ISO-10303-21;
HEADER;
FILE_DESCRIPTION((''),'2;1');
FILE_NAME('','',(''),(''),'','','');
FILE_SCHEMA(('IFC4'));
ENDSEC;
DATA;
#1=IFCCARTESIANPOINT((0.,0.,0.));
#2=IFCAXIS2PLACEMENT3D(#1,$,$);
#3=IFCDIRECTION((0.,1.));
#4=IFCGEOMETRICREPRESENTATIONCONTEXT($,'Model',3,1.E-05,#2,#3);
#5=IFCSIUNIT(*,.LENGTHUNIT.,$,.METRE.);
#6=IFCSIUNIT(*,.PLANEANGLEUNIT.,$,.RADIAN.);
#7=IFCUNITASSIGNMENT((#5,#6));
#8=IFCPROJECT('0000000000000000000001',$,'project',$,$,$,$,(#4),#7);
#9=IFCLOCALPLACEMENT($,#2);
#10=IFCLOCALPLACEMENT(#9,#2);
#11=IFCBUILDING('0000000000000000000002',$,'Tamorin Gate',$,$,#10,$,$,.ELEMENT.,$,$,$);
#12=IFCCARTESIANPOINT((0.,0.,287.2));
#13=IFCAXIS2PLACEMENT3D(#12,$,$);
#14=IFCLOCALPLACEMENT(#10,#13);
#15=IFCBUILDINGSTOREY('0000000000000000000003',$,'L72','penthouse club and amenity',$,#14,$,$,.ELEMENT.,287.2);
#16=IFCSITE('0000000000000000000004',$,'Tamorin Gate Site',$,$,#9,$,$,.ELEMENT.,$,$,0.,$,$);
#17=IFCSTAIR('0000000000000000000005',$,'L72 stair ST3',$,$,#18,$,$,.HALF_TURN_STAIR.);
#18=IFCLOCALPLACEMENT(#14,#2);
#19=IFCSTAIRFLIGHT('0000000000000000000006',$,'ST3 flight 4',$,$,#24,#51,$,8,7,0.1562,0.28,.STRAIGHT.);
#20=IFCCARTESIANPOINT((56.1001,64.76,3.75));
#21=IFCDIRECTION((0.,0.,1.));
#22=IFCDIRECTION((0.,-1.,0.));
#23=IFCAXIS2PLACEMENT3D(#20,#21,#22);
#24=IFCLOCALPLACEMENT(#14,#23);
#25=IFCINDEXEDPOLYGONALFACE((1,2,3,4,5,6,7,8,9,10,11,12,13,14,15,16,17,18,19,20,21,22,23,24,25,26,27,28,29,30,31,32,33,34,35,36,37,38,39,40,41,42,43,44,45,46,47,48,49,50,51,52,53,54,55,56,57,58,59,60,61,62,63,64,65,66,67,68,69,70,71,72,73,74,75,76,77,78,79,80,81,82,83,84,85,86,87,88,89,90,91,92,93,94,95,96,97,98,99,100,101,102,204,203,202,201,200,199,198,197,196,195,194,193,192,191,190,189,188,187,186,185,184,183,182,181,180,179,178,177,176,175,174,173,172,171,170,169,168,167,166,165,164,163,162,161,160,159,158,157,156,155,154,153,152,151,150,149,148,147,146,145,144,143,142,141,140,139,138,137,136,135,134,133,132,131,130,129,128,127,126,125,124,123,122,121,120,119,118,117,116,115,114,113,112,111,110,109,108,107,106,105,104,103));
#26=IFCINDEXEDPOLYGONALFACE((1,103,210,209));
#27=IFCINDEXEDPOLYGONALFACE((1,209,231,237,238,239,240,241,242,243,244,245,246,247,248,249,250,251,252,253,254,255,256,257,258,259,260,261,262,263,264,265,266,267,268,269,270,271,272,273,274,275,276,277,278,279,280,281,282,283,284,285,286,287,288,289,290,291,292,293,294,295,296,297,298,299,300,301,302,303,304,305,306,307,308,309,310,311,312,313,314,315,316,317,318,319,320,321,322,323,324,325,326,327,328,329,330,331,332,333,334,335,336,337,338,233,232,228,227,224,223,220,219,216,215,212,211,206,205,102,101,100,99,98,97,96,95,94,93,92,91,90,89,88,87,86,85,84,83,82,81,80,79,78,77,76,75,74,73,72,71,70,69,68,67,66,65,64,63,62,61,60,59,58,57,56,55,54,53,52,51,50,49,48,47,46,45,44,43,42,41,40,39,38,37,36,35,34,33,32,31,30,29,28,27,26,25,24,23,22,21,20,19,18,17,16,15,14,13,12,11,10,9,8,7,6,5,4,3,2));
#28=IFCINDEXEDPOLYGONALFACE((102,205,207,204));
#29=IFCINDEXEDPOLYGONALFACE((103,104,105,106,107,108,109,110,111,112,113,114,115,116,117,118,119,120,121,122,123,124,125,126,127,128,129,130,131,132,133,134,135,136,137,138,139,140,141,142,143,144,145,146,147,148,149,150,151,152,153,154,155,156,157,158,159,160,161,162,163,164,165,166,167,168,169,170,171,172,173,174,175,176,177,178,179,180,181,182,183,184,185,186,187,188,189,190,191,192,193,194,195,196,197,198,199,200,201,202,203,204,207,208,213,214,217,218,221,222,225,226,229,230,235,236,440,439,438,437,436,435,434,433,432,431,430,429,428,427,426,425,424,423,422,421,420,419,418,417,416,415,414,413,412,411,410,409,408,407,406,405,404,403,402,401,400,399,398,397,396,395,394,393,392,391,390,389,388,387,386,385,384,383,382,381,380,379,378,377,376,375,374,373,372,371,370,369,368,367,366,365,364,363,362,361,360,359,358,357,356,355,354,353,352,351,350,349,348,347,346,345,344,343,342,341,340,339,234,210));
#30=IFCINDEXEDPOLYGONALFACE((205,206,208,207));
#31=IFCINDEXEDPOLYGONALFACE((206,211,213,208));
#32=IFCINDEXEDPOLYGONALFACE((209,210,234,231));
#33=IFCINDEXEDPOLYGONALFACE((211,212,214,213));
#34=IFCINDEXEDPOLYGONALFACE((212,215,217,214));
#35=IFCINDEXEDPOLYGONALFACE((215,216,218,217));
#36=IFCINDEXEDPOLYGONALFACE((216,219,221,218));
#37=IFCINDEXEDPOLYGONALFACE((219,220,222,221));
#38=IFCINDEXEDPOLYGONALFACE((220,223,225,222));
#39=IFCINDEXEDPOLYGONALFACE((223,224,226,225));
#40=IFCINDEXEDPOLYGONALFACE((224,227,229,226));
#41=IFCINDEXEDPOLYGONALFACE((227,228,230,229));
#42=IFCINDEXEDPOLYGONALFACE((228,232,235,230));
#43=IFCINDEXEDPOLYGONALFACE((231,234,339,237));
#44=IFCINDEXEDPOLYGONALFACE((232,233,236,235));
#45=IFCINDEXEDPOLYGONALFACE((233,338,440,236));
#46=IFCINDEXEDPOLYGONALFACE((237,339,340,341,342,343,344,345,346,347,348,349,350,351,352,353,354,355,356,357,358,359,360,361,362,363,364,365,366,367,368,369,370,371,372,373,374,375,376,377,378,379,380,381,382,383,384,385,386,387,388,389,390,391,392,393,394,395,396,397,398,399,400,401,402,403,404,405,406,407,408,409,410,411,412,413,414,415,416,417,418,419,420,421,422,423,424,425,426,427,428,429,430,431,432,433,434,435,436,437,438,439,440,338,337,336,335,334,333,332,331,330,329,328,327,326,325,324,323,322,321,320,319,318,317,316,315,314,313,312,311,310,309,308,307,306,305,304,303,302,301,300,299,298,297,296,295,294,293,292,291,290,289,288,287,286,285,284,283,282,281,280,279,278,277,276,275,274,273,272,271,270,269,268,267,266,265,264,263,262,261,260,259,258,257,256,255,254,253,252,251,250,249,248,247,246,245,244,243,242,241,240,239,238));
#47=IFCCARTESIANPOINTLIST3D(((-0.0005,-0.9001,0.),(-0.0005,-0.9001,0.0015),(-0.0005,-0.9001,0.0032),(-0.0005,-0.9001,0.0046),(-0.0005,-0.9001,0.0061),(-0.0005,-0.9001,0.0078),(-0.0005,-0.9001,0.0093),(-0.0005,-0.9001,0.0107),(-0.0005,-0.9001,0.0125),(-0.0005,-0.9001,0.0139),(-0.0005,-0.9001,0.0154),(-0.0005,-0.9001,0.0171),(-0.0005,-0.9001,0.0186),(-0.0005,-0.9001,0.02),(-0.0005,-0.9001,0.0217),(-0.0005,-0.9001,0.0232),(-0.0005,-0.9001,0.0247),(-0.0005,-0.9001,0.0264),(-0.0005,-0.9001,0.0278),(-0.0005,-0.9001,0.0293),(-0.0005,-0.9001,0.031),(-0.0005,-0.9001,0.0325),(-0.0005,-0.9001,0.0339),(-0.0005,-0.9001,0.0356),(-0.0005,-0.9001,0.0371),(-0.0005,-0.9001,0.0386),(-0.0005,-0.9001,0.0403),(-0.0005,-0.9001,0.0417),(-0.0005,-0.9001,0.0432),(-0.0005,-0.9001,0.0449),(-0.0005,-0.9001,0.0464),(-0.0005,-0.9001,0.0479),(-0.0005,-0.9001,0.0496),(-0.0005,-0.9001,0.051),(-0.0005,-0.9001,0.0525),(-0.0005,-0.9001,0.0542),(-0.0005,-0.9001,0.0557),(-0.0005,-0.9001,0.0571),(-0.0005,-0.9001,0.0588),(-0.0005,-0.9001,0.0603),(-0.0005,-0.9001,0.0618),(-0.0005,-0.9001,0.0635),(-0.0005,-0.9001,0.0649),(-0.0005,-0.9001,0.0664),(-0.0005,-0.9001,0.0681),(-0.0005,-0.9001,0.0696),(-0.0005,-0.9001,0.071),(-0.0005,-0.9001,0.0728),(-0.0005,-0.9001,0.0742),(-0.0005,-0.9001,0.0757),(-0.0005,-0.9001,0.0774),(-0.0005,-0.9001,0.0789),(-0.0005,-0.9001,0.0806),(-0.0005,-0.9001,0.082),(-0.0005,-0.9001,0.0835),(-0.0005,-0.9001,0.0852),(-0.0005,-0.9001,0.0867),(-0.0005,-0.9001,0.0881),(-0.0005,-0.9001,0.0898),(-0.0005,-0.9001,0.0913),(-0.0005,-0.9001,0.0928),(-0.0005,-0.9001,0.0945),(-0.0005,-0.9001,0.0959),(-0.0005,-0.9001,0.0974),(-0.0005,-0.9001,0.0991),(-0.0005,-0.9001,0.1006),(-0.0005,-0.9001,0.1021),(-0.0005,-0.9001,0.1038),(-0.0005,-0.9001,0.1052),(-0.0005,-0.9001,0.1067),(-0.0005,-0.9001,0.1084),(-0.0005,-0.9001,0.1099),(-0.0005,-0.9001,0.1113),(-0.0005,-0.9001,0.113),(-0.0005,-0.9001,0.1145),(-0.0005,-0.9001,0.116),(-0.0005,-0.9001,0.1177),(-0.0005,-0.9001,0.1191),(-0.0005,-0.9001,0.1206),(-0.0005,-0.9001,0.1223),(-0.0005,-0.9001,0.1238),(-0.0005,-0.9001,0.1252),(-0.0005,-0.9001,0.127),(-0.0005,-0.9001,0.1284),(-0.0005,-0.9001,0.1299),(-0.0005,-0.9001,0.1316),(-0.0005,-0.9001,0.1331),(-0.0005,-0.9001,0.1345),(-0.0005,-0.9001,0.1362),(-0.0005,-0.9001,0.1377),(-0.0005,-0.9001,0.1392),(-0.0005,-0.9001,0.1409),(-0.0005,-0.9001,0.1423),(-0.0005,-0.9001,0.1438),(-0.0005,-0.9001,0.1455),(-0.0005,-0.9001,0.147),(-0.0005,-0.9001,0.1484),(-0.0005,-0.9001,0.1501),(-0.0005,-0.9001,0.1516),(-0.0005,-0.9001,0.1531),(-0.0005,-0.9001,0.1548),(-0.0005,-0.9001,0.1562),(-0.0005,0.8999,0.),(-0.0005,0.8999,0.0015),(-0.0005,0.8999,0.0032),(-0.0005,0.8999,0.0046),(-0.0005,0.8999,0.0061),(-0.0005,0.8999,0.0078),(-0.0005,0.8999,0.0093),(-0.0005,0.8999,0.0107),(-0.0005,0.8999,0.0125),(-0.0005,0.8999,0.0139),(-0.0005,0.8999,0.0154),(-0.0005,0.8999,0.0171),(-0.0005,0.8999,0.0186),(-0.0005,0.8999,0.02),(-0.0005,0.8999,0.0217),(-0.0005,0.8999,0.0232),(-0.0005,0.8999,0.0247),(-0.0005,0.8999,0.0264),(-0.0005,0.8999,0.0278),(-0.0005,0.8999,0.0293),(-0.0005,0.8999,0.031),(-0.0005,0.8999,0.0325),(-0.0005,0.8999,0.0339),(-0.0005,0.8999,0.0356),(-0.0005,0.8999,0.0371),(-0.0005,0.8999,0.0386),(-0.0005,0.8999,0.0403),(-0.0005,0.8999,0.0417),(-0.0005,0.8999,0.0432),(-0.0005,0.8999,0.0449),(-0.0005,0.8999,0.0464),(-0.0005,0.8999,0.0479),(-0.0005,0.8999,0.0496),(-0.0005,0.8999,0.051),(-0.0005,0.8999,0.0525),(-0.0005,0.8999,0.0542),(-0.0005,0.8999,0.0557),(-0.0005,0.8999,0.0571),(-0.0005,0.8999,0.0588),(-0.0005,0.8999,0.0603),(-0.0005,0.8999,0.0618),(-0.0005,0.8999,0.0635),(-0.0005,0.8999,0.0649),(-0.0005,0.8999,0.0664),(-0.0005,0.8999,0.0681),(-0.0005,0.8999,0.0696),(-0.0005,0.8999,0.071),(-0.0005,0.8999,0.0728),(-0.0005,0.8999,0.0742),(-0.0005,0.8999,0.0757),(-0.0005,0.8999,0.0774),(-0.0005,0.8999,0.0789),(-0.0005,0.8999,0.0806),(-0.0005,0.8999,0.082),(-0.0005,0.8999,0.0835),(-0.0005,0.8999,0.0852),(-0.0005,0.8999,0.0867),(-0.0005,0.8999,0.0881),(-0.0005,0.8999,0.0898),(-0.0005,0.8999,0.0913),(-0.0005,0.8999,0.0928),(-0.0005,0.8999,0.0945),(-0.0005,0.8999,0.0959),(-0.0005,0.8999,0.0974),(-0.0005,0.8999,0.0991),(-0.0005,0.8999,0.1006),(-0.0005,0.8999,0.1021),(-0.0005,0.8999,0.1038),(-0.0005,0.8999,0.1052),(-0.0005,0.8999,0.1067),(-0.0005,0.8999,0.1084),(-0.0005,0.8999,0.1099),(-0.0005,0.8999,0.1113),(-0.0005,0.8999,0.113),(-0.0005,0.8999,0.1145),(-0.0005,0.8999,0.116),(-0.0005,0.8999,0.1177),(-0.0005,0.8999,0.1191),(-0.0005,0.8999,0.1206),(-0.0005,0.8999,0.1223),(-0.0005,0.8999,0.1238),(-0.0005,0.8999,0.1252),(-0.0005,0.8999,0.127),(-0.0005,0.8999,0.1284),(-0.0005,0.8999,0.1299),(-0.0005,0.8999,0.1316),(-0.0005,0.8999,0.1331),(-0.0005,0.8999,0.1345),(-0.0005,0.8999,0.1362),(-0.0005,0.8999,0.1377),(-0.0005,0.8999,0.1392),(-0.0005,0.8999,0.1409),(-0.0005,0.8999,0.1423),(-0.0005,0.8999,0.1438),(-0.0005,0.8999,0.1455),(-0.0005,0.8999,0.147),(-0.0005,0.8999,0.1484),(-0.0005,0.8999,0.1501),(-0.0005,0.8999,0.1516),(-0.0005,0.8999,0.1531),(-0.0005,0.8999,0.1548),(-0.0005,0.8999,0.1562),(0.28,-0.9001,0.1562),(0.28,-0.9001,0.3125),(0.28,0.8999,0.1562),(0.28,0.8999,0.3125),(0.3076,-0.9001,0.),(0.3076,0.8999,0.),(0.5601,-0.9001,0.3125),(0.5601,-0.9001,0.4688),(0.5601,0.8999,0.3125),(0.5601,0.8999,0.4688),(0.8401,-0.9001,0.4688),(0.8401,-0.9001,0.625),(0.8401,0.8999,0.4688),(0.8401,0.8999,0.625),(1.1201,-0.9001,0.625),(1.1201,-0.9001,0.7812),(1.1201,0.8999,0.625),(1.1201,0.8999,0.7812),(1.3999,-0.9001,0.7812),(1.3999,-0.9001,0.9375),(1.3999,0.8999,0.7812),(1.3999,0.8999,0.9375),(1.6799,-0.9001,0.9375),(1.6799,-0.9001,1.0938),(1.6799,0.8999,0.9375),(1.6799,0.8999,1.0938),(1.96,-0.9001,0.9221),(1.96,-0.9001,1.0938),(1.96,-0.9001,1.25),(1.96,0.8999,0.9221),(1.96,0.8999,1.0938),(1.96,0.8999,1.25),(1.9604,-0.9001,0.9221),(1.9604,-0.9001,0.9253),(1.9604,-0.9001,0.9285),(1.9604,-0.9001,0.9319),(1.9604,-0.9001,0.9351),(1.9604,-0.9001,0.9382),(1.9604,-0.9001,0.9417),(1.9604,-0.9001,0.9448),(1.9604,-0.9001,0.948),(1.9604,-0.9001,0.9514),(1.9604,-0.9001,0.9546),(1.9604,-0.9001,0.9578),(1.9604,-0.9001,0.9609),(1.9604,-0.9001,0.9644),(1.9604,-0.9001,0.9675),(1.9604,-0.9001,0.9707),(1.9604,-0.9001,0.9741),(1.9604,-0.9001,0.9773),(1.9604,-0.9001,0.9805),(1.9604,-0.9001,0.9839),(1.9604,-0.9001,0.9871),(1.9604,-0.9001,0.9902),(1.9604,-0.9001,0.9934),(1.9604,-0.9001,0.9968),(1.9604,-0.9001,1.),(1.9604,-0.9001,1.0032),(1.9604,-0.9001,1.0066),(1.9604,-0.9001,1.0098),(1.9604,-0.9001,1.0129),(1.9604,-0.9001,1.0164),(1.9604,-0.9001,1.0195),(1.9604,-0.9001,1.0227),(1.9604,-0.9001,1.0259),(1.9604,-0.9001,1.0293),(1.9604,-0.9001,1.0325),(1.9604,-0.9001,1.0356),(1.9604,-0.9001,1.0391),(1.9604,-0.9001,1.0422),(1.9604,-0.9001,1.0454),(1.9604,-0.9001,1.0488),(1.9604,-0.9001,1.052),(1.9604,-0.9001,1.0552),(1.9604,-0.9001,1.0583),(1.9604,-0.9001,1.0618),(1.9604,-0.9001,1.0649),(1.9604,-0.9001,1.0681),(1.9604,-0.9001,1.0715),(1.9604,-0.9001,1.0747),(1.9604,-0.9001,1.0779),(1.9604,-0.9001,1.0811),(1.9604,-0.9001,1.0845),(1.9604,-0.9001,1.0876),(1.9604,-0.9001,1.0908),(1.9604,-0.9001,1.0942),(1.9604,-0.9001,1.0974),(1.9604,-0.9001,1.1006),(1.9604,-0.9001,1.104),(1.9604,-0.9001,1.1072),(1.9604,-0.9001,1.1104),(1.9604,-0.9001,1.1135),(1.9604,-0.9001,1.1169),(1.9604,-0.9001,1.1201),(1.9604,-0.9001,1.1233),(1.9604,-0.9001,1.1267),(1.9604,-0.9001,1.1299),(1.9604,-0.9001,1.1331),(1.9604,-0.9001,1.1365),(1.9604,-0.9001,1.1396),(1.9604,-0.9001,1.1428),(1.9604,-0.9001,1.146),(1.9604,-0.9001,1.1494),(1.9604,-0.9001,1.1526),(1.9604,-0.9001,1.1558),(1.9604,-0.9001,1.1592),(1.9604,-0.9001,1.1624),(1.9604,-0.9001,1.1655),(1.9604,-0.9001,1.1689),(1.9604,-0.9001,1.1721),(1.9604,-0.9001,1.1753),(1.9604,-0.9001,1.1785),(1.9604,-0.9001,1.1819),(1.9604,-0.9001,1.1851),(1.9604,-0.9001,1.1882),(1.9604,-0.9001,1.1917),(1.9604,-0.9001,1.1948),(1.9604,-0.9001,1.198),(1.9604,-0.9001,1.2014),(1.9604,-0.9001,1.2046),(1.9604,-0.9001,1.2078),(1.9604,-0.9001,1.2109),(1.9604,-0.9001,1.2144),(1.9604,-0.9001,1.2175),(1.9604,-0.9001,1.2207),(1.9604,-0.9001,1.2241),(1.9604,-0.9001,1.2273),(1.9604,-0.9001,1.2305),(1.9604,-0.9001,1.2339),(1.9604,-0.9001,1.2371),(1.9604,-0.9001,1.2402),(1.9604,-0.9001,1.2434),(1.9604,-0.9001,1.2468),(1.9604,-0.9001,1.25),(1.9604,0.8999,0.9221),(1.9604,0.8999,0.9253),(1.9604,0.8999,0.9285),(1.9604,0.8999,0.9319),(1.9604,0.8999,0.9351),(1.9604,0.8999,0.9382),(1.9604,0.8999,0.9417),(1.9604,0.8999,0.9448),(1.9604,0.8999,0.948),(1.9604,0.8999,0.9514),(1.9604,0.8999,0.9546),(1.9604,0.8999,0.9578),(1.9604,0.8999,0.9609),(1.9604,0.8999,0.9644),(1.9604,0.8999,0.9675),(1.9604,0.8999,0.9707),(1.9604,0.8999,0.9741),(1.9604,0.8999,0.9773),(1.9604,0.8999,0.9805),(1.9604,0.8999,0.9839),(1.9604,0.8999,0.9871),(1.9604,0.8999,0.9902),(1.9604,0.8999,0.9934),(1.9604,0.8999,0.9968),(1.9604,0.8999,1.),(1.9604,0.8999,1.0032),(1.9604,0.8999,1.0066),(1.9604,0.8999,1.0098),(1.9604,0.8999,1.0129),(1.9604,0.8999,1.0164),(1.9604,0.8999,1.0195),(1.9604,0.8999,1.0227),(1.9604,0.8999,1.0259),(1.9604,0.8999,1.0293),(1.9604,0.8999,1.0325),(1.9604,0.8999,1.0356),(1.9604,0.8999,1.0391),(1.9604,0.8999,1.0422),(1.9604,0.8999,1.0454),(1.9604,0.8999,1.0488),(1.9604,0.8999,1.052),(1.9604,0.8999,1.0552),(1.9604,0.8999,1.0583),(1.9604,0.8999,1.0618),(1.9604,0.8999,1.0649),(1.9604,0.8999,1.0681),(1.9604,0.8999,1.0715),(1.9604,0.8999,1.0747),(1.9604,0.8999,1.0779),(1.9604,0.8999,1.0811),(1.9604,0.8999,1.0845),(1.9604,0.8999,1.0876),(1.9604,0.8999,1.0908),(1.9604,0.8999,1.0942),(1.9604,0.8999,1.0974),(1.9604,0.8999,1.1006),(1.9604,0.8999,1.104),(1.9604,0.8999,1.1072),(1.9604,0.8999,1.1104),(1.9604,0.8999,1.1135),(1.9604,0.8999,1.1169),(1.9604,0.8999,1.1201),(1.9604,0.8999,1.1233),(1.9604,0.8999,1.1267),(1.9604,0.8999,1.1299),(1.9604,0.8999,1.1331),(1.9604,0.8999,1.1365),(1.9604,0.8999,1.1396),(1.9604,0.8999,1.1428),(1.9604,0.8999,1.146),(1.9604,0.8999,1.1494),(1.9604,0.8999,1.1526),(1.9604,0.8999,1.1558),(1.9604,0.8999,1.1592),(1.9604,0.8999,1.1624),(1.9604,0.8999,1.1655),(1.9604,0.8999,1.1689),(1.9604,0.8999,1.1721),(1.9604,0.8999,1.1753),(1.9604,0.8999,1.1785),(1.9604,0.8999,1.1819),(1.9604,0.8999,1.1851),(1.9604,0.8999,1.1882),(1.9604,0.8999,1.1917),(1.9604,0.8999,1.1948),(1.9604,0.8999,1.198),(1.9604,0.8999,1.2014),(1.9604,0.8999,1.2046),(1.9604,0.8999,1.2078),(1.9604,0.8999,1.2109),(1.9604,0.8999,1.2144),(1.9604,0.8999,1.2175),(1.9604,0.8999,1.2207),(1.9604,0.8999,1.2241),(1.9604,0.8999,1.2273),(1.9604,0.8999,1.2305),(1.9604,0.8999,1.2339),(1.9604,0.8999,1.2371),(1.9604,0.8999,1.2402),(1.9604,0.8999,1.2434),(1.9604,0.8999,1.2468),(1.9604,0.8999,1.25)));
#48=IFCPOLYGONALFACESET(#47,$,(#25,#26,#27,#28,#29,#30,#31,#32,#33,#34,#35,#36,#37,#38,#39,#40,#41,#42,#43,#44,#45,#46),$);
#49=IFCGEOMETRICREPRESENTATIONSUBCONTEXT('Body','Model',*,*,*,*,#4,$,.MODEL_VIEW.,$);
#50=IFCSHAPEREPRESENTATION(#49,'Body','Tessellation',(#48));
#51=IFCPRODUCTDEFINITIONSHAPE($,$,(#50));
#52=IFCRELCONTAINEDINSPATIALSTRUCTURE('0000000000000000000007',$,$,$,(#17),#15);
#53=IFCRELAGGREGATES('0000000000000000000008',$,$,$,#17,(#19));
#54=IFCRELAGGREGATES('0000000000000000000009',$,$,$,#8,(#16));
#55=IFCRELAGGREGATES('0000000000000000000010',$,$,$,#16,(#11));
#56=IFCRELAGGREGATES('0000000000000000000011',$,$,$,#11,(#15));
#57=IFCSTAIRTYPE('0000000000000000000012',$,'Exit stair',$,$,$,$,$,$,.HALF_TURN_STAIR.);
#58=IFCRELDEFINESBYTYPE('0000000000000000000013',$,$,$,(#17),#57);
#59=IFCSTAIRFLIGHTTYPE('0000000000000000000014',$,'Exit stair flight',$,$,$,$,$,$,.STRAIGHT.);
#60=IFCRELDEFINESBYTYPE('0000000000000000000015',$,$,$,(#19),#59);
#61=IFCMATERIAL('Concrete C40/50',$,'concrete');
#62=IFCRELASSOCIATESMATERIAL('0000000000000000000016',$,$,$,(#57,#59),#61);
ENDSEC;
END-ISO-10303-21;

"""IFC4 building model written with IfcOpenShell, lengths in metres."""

from ifc_helpers import new_model, si_unit, direction, frame, origin, place, context, subcontext, project, spatial, polyline, outline, extrude, material, type_object, element, aggregate, save


model = new_model("IFC4")

# Units and contexts
model_context = context("Model", 3, precision=1e-05, world=origin(), true_north=direction((0.0, 1.0)))
body_context = subcontext(model_context, "Body", "Model", "MODEL_VIEW")
ifc_project = project(units=[si_unit("LENGTHUNIT", "METRE"), si_unit("PLANEANGLEUNIT", "RADIAN")], contexts=[model_context])

# Site, building, storey
site_placement = place(None, origin())
site = spatial("IfcSite", under=ifc_project, at=site_placement, Name="Tamorin Gate Site", CompositionType="ELEMENT", RefElevation=0.0)
building_placement = place(site_placement, origin())
building = spatial("IfcBuilding", under=site, at=building_placement, Name="Tamorin Gate", CompositionType="ELEMENT")
storey_placement = place(building_placement, frame((0.0, 0.0, 287.2)))
storey = spatial("IfcBuildingStorey", under=building, at=storey_placement, Name="L72", Description="penthouse club and amenity", CompositionType="ELEMENT", Elevation=287.2)

# Shared definitions
ifc_material_1 = material(Name="Concrete C40/50", Category="concrete")

# Stair, stair flight
stair_type = type_object("IfcStairType", Name="Exit stair", PredefinedType="HALF_TURN_STAIR", material=ifc_material_1)
stair_placement = place(storey_placement, origin())
stair = element("IfcStair", 1, at=stair_placement, inside=storey, type_object=stair_type, Name="L72 stair ST3", PredefinedType="HALF_TURN_STAIR")
stair_flight_type = type_object("IfcStairFlightType", Name="Exit stair flight", PredefinedType="STRAIGHT", material=ifc_material_1)
stair_flight_1_placement = place(storey_placement, frame((56.1001, 64.76, 3.75), z_axis=(0.0, 0.0, 1.0), x_axis=(0.0, -1.0, 0.0)))
stair_flight_1 = element("IfcStairFlight", 2, at=stair_flight_1_placement, type_object=stair_flight_type, Name="ST3 flight 4", NumberOfRisers=8, NumberOfTreads=7, PredefinedType="STRAIGHT", RiserHeight=0.1562, TreadLength=0.28, context=body_context, shape_type="SweptSolid", body=[
    extrude(outline(polyline([(-0.0005, 0.0), (-0.0005, 0.0015), (-0.0005, 0.0032), (-0.0005, 0.0046), (-0.0005, 0.0061), (-0.0005, 0.0078), (-0.0005, 0.0093), (-0.0005, 0.0107), (-0.0005, 0.0125), (-0.0005, 0.0139), (-0.0005, 0.0154), (-0.0005, 0.0171), (-0.0005, 0.0186), (-0.0005, 0.02), (-0.0005, 0.0217), (-0.0005, 0.0232), (-0.0005, 0.0247), (-0.0005, 0.0264), (-0.0005, 0.0278), (-0.0005, 0.0293), (-0.0005, 0.031), (-0.0005, 0.0325), (-0.0005, 0.0339), (-0.0005, 0.0356), (-0.0005, 0.0371), (-0.0005, 0.0386), (-0.0005, 0.0403), (-0.0005, 0.0417), (-0.0005, 0.0432), (-0.0005, 0.0449), (-0.0005, 0.0464), (-0.0005, 0.0479), (-0.0005, 0.0496), (-0.0005, 0.051), (-0.0005, 0.0525), (-0.0005, 0.0542), (-0.0005, 0.0557), (-0.0005, 0.0571), (-0.0005, 0.0588), (-0.0005, 0.0603), (-0.0005, 0.0618), (-0.0005, 0.0635), (-0.0005, 0.0649), (-0.0005, 0.0664), (-0.0005, 0.0681), (-0.0005, 0.0696), (-0.0005, 0.071), (-0.0005, 0.0728), (-0.0005, 0.0742), (-0.0005, 0.0757), (-0.0005, 0.0774), (-0.0005, 0.0789), (-0.0005, 0.0806), (-0.0005, 0.082), (-0.0005, 0.0835), (-0.0005, 0.0852), (-0.0005, 0.0867), (-0.0005, 0.0881), (-0.0005, 0.0898), (-0.0005, 0.0913), (-0.0005, 0.0928), (-0.0005, 0.0945), (-0.0005, 0.0959), (-0.0005, 0.0974), (-0.0005, 0.0991), (-0.0005, 0.1006), (-0.0005, 0.1021), (-0.0005, 0.1038), (-0.0005, 0.1052), (-0.0005, 0.1067), (-0.0005, 0.1084), (-0.0005, 0.1099), (-0.0005, 0.1113), (-0.0005, 0.113), (-0.0005, 0.1145), (-0.0005, 0.116), (-0.0005, 0.1177), (-0.0005, 0.1191), (-0.0005, 0.1206), (-0.0005, 0.1223), (-0.0005, 0.1238), (-0.0005, 0.1252), (-0.0005, 0.127), (-0.0005, 0.1284), (-0.0005, 0.1299), (-0.0005, 0.1316), (-0.0005, 0.1331), (-0.0005, 0.1345), (-0.0005, 0.1362), (-0.0005, 0.1377), (-0.0005, 0.1392), (-0.0005, 0.1409), (-0.0005, 0.1423), (-0.0005, 0.1438), (-0.0005, 0.1455), (-0.0005, 0.147), (-0.0005, 0.1484), (-0.0005, 0.1501), (-0.0005, 0.1516), (-0.0005, 0.1531), (-0.0005, 0.1548), (-0.0005, 0.1562), (0.28, 0.1562), (0.28, 0.3125), (0.5601, 0.3125), (0.5601, 0.4688), (0.8401, 0.4688), (0.8401, 0.625), (1.1201, 0.625), (1.1201, 0.7812), (1.3999, 0.7812), (1.3999, 0.9375), (1.6799, 0.9375), (1.6799, 1.0938), (1.96, 1.0938), (1.96, 1.25), (1.9604, 1.25), (1.9604, 1.2468), (1.9604, 1.2434), (1.9604, 1.2402), (1.9604, 1.2371), (1.9604, 1.2339), (1.9604, 1.2305), (1.9604, 1.2273), (1.9604, 1.2241), (1.9604, 1.2207), (1.9604, 1.2175), (1.9604, 1.2144), (1.9604, 1.2109), (1.9604, 1.2078), (1.9604, 1.2046), (1.9604, 1.2014), (1.9604, 1.198), (1.9604, 1.1948), (1.9604, 1.1917), (1.9604, 1.1882), (1.9604, 1.1851), (1.9604, 1.1819), (1.9604, 1.1785), (1.9604, 1.1753), (1.9604, 1.1721), (1.9604, 1.1689), (1.9604, 1.1655), (1.9604, 1.1624), (1.9604, 1.1592), (1.9604, 1.1558), (1.9604, 1.1526), (1.9604, 1.1494), (1.9604, 1.146), (1.9604, 1.1428), (1.9604, 1.1396), (1.9604, 1.1365), (1.9604, 1.1331), (1.9604, 1.1299), (1.9604, 1.1267), (1.9604, 1.1233), (1.9604, 1.1201), (1.9604, 1.1169), (1.9604, 1.1135), (1.9604, 1.1104), (1.9604, 1.1072), (1.9604, 1.104), (1.9604, 1.1006), (1.9604, 1.0974), (1.9604, 1.0942), (1.9604, 1.0908), (1.9604, 1.0876), (1.9604, 1.0845), (1.9604, 1.0811), (1.9604, 1.0779), (1.9604, 1.0747), (1.9604, 1.0715), (1.9604, 1.0681), (1.9604, 1.0649), (1.9604, 1.0618), (1.9604, 1.0583), (1.9604, 1.0552), (1.9604, 1.052), (1.9604, 1.0488), (1.9604, 1.0454), (1.9604, 1.0422), (1.9604, 1.0391), (1.9604, 1.0356), (1.9604, 1.0325), (1.9604, 1.0293), (1.9604, 1.0259), (1.9604, 1.0227), (1.9604, 1.0195), (1.9604, 1.0164), (1.9604, 1.0129), (1.9604, 1.0098), (1.9604, 1.0066), (1.9604, 1.0032), (1.9604, 1.0), (1.9604, 0.9968), (1.9604, 0.9934), (1.9604, 0.9902), (1.9604, 0.9871), (1.9604, 0.9839), (1.9604, 0.9805), (1.9604, 0.9773), (1.9604, 0.9741), (1.9604, 0.9707), (1.9604, 0.9675), (1.9604, 0.9644), (1.9604, 0.9609), (1.9604, 0.9578), (1.9604, 0.9546), (1.9604, 0.9514), (1.9604, 0.948), (1.9604, 0.9448), (1.9604, 0.9417), (1.9604, 0.9382), (1.9604, 0.9351), (1.9604, 0.9319), (1.9604, 0.9285), (1.9604, 0.9253), (1.9604, 0.9221), (1.96, 0.9221), (0.3076, 0.0), (-0.0005, 0.0)])), frame((0.0, 0.8999, 0.0), z_axis=(0.0, -1.0, 0.0), x_axis=(1.0, 0.0, 0.0)), (0.0, 0.0, 1.0), 1.8),
])
aggregate(stair, [stair_flight_1])

save(model, "model.ifc")
